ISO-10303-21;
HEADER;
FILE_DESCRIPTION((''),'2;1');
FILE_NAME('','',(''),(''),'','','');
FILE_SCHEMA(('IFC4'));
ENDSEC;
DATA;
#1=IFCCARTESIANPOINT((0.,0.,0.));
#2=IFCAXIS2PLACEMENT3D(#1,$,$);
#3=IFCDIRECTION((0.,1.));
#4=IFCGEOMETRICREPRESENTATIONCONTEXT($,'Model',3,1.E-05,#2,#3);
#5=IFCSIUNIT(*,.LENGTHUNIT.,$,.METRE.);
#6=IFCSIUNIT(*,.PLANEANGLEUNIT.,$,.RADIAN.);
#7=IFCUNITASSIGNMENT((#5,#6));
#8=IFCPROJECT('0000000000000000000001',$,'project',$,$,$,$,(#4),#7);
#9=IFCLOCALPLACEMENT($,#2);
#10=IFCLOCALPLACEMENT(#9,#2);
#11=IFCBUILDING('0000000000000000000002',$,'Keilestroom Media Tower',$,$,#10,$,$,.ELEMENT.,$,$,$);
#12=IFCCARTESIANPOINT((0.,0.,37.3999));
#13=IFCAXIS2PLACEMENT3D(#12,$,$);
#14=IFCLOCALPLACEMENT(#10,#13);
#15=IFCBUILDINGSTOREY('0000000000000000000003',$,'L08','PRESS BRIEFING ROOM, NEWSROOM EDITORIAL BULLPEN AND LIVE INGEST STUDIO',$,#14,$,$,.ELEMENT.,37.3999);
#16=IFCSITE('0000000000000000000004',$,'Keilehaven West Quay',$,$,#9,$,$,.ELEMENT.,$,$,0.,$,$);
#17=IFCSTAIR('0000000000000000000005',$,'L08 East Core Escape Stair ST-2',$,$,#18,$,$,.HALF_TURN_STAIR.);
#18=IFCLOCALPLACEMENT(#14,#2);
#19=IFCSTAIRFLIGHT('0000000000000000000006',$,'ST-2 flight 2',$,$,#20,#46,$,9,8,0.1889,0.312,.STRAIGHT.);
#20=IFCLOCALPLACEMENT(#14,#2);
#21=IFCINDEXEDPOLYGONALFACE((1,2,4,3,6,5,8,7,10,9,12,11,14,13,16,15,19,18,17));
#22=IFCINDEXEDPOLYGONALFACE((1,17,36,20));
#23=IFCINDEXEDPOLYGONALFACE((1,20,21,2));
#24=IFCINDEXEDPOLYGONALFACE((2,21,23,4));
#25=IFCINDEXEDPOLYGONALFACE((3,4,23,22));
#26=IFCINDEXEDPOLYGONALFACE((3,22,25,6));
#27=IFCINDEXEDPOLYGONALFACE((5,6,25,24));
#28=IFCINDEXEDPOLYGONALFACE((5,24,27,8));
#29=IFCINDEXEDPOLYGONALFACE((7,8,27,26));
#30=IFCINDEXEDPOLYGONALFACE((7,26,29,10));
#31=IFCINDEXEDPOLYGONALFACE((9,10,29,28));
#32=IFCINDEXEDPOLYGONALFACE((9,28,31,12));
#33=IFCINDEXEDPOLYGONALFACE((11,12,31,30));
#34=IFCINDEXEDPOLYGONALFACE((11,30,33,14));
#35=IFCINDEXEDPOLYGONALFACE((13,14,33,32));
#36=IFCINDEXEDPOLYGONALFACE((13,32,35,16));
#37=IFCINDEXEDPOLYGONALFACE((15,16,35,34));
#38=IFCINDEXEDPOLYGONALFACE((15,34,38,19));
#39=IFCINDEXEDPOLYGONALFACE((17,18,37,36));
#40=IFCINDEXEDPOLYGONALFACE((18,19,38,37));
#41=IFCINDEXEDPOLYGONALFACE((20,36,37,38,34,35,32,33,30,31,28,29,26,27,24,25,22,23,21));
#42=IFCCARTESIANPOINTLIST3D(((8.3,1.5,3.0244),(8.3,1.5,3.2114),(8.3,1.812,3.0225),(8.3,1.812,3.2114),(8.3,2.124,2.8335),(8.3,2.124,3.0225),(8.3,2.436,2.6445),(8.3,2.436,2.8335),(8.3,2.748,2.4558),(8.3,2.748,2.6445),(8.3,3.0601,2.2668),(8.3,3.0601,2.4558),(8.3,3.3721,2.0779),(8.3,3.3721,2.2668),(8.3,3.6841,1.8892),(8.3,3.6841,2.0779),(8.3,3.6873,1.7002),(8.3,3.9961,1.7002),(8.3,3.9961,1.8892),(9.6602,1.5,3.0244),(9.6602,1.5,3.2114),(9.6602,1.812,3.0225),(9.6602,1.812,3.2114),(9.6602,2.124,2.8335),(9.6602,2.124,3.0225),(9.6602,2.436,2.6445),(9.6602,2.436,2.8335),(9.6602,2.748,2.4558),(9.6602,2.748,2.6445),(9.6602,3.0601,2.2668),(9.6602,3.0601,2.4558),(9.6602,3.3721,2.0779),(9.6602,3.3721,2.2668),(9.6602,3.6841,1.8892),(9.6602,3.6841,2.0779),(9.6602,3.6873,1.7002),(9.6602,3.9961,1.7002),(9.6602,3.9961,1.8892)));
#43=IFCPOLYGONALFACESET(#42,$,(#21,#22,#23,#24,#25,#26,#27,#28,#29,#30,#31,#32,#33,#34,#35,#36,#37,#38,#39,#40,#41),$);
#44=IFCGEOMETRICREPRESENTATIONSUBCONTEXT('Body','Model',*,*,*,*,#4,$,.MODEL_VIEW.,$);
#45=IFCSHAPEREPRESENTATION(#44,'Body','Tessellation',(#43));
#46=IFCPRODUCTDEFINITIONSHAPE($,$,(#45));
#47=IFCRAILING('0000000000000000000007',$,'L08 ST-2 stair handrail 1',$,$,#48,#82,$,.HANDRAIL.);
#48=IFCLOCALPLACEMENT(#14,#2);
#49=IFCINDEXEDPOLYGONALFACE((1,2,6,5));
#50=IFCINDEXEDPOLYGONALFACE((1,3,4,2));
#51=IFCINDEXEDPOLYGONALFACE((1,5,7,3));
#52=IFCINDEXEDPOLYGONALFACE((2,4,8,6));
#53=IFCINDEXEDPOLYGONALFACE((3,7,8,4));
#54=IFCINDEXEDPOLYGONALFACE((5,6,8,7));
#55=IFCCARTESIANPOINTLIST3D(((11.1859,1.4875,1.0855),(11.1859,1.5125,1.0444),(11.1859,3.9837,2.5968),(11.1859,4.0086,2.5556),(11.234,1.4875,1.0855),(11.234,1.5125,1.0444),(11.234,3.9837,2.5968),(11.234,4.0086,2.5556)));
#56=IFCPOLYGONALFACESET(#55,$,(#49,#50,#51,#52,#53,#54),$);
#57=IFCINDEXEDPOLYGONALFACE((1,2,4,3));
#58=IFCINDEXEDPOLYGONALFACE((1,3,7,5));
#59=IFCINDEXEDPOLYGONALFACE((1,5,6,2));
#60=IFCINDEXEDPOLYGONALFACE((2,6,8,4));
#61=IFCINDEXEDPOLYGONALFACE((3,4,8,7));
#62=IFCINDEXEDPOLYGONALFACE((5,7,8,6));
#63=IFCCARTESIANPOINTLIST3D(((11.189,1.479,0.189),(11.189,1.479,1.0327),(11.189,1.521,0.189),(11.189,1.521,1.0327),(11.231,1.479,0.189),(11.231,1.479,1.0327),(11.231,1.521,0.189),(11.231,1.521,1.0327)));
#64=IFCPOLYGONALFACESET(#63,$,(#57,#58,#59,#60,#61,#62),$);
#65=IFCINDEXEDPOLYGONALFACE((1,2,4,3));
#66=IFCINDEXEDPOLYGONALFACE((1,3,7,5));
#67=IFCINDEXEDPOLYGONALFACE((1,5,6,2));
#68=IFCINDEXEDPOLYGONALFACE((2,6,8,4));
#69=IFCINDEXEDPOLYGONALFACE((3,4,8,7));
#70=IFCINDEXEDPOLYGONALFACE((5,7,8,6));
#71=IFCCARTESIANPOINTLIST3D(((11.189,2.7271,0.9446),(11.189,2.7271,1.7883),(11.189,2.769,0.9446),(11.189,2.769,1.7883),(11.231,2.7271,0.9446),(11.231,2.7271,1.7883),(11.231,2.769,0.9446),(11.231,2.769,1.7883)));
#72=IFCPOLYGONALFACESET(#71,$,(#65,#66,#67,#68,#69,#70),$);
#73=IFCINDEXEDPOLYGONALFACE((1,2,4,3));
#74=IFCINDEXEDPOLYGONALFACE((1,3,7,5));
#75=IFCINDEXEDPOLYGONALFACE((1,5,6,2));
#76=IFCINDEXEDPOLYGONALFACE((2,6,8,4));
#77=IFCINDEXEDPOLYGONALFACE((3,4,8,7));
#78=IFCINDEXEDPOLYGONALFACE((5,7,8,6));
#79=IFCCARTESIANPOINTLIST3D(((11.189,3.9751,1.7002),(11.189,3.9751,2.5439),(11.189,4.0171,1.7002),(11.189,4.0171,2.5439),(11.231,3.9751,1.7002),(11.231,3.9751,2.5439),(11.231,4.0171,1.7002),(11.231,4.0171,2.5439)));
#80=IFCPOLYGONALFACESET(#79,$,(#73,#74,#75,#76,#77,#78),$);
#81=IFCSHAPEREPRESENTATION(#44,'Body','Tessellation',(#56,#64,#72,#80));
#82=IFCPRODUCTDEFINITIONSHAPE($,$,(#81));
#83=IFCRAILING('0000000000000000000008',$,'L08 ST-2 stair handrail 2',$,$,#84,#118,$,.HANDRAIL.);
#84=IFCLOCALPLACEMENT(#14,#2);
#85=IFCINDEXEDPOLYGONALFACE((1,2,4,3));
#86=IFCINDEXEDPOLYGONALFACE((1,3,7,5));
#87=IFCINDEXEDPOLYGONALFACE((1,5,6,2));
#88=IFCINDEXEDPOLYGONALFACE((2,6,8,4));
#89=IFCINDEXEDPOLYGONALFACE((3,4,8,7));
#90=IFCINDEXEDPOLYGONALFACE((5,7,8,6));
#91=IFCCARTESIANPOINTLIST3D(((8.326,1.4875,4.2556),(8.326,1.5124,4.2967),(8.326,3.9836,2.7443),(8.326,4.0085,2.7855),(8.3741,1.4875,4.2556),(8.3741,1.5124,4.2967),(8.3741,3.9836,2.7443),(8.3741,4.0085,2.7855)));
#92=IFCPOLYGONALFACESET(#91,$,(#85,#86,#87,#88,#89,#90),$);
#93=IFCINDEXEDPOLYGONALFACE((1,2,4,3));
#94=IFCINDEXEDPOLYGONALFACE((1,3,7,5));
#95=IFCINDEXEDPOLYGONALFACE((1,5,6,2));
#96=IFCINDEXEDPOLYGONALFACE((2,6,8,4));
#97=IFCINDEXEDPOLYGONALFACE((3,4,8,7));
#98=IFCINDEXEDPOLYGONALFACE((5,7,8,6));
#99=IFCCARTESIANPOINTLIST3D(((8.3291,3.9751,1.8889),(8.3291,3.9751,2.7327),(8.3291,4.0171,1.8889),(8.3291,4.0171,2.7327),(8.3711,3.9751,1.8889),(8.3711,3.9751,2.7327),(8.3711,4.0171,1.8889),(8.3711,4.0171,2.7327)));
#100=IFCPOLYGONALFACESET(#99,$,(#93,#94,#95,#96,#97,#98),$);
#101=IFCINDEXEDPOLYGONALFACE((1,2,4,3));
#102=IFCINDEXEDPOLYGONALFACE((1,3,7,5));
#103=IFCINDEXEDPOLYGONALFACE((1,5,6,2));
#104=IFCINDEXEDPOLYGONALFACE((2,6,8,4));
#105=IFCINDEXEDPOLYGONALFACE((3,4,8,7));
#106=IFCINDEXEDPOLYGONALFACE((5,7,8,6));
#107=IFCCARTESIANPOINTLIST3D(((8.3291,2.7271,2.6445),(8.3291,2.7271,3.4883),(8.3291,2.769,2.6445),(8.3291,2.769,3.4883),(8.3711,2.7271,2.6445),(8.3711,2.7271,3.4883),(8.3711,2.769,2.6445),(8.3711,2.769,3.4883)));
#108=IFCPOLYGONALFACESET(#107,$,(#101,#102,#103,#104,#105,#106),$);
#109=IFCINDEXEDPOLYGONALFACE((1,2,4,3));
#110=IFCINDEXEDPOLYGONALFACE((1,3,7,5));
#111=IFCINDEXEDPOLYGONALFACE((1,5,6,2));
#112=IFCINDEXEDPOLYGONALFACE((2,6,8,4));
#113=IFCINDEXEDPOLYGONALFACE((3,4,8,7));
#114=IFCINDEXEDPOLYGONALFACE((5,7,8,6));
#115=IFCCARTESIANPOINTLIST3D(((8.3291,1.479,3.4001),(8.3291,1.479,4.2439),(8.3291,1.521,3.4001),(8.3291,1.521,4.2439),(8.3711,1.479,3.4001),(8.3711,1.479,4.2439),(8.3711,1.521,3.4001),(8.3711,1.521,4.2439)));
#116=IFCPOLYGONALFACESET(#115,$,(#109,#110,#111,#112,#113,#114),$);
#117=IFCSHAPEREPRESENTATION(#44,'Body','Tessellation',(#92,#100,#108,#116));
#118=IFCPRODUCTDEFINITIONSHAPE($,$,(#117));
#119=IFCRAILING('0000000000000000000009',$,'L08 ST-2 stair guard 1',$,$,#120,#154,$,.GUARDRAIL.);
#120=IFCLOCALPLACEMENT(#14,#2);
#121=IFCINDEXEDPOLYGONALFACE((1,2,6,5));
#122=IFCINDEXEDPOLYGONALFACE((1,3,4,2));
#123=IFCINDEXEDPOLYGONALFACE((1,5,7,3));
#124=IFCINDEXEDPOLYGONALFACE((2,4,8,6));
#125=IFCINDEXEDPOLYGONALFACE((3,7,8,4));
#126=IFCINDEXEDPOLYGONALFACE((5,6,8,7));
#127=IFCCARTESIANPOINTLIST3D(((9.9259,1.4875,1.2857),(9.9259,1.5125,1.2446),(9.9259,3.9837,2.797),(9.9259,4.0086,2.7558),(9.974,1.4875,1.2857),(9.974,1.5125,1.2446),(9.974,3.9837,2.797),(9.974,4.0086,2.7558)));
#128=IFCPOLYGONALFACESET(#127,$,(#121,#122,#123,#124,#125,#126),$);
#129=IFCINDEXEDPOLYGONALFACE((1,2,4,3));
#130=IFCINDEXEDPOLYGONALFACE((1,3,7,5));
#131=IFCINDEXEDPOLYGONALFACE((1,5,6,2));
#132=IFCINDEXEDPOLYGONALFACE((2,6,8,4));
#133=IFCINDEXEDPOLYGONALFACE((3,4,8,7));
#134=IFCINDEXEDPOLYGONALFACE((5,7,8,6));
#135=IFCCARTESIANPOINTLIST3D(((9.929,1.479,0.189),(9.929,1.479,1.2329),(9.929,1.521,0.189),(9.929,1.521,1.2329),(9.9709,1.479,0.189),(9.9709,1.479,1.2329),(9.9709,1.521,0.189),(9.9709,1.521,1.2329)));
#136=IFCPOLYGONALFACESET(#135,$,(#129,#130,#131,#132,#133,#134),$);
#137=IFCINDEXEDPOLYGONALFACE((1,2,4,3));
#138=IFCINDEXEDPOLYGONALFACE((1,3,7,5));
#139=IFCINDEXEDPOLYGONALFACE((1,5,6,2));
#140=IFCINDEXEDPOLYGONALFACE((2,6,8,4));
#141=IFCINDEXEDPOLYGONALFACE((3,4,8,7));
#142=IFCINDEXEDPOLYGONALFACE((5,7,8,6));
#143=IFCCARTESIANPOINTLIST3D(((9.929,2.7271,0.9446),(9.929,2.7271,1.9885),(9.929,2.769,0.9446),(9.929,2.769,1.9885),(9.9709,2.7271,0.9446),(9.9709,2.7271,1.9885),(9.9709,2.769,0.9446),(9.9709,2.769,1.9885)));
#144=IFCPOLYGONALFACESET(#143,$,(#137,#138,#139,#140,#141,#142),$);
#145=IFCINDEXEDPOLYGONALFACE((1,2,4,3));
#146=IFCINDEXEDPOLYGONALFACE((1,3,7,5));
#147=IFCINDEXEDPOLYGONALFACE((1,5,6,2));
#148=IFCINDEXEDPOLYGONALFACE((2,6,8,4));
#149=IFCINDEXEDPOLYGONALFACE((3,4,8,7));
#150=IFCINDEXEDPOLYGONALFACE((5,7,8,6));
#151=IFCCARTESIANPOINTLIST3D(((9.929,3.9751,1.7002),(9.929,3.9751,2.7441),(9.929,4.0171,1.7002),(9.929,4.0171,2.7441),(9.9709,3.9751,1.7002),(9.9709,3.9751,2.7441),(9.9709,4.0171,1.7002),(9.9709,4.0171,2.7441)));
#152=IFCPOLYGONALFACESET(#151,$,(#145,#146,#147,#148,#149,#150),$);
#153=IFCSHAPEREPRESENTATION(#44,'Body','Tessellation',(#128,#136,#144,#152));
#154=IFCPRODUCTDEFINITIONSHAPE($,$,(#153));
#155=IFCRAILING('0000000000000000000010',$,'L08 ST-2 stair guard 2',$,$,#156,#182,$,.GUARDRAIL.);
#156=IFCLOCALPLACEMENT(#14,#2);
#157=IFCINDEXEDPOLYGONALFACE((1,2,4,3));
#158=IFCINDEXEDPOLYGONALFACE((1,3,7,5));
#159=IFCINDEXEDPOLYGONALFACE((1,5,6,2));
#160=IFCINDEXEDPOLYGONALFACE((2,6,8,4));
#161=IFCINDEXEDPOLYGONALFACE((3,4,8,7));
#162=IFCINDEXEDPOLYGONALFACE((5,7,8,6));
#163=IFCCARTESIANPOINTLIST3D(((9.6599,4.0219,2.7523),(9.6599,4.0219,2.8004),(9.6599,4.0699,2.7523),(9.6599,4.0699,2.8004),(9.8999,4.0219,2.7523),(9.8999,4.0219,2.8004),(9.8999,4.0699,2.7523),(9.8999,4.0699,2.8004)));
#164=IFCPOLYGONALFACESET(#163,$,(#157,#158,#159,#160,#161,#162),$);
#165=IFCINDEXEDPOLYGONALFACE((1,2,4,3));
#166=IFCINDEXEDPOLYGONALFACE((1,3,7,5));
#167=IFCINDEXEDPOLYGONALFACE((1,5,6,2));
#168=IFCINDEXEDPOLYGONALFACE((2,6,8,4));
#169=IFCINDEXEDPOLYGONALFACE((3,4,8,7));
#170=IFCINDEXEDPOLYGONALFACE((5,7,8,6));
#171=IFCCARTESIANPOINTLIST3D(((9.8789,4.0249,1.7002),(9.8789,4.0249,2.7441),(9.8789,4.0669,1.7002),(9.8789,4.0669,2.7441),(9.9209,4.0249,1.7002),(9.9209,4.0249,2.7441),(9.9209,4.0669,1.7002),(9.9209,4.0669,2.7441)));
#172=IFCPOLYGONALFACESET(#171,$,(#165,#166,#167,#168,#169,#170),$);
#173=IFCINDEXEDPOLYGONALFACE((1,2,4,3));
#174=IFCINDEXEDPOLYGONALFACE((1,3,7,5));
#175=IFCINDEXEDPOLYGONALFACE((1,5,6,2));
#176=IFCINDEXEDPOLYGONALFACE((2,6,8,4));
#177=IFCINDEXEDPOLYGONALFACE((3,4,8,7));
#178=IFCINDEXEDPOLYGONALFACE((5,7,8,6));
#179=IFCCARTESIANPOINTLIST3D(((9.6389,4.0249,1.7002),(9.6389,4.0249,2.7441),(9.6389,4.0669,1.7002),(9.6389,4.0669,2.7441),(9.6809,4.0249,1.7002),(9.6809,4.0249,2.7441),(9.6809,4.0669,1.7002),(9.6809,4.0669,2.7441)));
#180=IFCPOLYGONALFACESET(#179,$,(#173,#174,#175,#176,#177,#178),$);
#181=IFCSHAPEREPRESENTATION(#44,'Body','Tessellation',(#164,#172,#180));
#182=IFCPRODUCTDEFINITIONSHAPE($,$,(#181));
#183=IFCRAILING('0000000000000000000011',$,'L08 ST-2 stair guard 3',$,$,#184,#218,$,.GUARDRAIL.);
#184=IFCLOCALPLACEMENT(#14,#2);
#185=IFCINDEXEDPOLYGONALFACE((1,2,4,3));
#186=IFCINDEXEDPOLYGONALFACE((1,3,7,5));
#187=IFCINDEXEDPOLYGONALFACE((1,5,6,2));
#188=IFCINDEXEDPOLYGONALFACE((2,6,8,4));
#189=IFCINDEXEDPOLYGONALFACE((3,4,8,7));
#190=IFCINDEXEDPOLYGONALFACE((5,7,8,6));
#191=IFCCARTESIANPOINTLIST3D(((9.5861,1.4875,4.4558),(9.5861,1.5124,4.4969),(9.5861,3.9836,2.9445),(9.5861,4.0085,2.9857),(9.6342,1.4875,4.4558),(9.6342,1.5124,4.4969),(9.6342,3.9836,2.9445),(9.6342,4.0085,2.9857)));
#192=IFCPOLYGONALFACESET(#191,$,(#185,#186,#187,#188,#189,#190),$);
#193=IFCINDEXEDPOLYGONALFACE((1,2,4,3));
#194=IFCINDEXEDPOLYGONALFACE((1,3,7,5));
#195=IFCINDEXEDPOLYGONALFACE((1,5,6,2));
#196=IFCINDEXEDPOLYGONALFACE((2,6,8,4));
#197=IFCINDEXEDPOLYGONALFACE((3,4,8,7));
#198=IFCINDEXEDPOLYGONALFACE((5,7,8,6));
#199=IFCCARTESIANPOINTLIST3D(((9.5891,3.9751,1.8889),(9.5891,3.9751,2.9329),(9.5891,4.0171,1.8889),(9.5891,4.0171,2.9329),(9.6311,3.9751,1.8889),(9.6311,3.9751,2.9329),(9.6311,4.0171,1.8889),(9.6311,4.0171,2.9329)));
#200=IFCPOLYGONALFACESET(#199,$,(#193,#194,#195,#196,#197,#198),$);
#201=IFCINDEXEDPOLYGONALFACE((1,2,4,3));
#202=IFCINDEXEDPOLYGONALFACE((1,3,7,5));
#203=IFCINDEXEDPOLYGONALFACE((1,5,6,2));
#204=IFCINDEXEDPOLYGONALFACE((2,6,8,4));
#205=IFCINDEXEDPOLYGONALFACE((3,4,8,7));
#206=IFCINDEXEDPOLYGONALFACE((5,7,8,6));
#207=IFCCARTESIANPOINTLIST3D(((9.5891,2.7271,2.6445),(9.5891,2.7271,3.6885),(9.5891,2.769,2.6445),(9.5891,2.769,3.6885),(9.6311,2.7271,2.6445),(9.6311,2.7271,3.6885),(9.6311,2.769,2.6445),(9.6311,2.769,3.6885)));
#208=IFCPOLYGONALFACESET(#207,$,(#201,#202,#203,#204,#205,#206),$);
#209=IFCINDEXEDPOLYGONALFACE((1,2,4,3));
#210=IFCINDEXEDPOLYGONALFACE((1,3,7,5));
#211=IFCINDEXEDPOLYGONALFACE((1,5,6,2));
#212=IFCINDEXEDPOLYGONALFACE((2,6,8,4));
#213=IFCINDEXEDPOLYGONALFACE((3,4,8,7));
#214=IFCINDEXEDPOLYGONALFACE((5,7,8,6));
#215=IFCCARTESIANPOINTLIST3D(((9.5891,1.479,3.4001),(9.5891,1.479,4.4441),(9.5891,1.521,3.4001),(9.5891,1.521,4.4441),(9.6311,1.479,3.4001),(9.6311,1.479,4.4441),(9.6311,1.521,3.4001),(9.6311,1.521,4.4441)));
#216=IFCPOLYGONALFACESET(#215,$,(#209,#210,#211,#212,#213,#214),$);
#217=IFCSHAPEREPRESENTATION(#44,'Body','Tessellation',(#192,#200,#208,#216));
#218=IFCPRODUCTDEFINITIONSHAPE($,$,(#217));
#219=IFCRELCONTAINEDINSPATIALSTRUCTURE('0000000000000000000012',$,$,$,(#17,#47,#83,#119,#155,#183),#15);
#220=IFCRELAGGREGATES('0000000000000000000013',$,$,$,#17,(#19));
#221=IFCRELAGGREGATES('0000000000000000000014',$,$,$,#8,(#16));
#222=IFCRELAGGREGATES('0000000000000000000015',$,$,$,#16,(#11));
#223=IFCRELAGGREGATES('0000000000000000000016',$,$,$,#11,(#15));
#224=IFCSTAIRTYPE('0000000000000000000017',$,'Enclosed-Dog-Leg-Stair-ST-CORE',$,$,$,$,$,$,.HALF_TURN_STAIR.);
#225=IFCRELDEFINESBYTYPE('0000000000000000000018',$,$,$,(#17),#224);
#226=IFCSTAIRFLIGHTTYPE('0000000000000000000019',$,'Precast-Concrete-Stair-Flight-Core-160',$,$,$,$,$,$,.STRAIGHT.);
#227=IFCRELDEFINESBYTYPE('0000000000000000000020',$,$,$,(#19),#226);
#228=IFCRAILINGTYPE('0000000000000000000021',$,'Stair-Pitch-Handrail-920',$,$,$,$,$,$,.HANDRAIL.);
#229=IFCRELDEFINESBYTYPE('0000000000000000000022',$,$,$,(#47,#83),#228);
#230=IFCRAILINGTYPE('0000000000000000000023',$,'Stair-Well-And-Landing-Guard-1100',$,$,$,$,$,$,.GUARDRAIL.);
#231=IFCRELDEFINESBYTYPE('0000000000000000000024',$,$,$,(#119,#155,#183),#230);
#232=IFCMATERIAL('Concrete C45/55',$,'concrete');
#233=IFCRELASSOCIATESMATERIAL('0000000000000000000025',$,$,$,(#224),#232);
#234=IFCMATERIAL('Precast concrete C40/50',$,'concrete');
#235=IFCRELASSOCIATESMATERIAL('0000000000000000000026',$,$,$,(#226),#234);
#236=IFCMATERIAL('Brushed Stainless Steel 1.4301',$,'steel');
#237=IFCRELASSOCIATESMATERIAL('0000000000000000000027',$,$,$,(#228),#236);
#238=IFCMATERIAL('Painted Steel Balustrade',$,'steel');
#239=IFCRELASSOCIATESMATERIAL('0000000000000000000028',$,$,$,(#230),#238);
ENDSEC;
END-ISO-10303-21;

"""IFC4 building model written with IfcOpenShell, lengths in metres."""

from ifc_helpers import new_model, si_unit, direction, frame, origin, origin_2d, place, context, subcontext, project, spatial, polyline, rectangle, outline, extrude, material, type_object, element, aggregate, save


model = new_model("IFC4")

# Units and contexts
model_context = context("Model", 3, precision=1e-05, world=origin(), true_north=direction((0.0, 1.0)))
body_context = subcontext(model_context, "Body", "Model", "MODEL_VIEW")
ifc_project = project(units=[si_unit("LENGTHUNIT", "METRE"), si_unit("PLANEANGLEUNIT", "RADIAN")], contexts=[model_context])

# Site, building, storey
site_placement = place(None, origin())
site = spatial("IfcSite", under=ifc_project, at=site_placement, Name="Keilehaven West Quay", CompositionType="ELEMENT", RefElevation=0.0)
building_placement = place(site_placement, origin())
building = spatial("IfcBuilding", under=site, at=building_placement, Name="Keilestroom Media Tower", CompositionType="ELEMENT")
storey_placement = place(building_placement, frame((0.0, 0.0, 37.3999)))
storey = spatial("IfcBuildingStorey", under=building, at=storey_placement, Name="L08", Description="PRESS BRIEFING ROOM, NEWSROOM EDITORIAL BULLPEN AND LIVE INGEST STUDIO", CompositionType="ELEMENT", Elevation=37.3999)

# Stair
ifc_material_1 = material(Name="Concrete C45/55", Category="concrete")
stair_type = type_object("IfcStairType", Name="Enclosed-Dog-Leg-Stair-ST-CORE", PredefinedType="HALF_TURN_STAIR", material=ifc_material_1)
stair_1_placement = place(storey_placement, origin())
stair_1 = element("IfcStair", 1, at=stair_1_placement, inside=storey, type_object=stair_type, Name="L08 East Core Escape Stair ST-2", PredefinedType="HALF_TURN_STAIR")

# Shared definitions
ifc_material_2 = material(Name="Precast concrete C40/50", Category="concrete")

# Stair flight
stair_flight_type = type_object("IfcStairFlightType", Name="Precast-Concrete-Stair-Flight-Core-160", PredefinedType="STRAIGHT", material=ifc_material_2)
stair_flight_1_placement = place(storey_placement, frame((8.98, 3.9961, 1.7002), z_axis=(0.0, 0.0, 1.0), x_axis=(0.0, -1.0, 0.0)))
stair_flight_1 = element("IfcStairFlight", 2, at=stair_flight_1_placement, type_object=stair_flight_type, Name="ST-2 flight 2", NumberOfRisers=9, NumberOfTreads=8, PredefinedType="STRAIGHT", RiserHeight=0.1889, TreadLength=0.312, context=body_context, shape_type="SweptSolid", body=[
    extrude(outline(polyline([(0.0, 0.0), (0.0, 0.189), (0.312, 0.189), (0.312, 0.3777), (0.624, 0.3777), (0.624, 0.5667), (0.936, 0.5667), (0.936, 0.7556), (1.248, 0.7556), (1.248, 0.9443), (1.5601, 0.9443), (1.5601, 1.1333), (1.8721, 1.1333), (1.8721, 1.3223), (2.1841, 1.3223), (2.1841, 1.5112), (2.4961, 1.5112), (2.4961, 1.7), (2.4961, 1.3242), (0.3088, 0.0), (0.0, 0.0)])), frame((0.0, 0.6802, 0.0), z_axis=(0.0, -1.0, 0.0), x_axis=(1.0, 0.0, 0.0)), (0.0, 0.0, 1.0), 1.3601),
])
aggregate(stair_1, [stair_flight_1])

# Railings
ifc_material_3 = material(Name="Brushed Stainless Steel 1.4301", Category="steel")
railing_type_1 = type_object("IfcRailingType", Name="Stair-Pitch-Handrail-920", PredefinedType="HANDRAIL", material=ifc_material_3)
railing_1_placement = place(storey_placement, frame((11.21, 1.5, 0.189)))
element("IfcRailing", 3, at=railing_1_placement, inside=storey, type_object=railing_type_1, Name="L08 ST-2 stair handrail 1", PredefinedType="HANDRAIL", context=body_context, shape_type="SweptSolid", body=[
    extrude(rectangle(XDim=0.0481, YDim=0.0481, at=origin_2d()), frame((0.0, 0.0, 0.876), z_axis=(0.0, 0.855434, 0.517912), x_axis=(-1.0, 0.0, 0.0)), (0.0, 0.0, 1.0), 2.918),
    extrude(rectangle(XDim=0.042, YDim=0.042, at=origin_2d()), origin(), (0.0, 0.0, 1.0), 0.8438),
    extrude(rectangle(XDim=0.042, YDim=0.042, at=origin_2d()), frame((0.0, 1.248, 0.7556)), (0.0, 0.0, 1.0), 0.8438),
    extrude(rectangle(XDim=0.042, YDim=0.042, at=origin_2d()), frame((0.0, 2.4961, 1.5112)), (0.0, 0.0, 1.0), 0.8438),
])
railing_2_placement = place(storey_placement, frame((8.3501, 3.9961, 1.8889)))
element("IfcRailing", 4, at=railing_2_placement, inside=storey, type_object=railing_type_1, Name="L08 ST-2 stair handrail 2", PredefinedType="HANDRAIL", context=body_context, shape_type="SweptSolid", body=[
    extrude(rectangle(XDim=0.0481, YDim=0.0481, at=origin_2d()), frame((0.0, 0.0, 0.876), z_axis=(0.0, -0.855434, 0.517912), x_axis=(1.0, 0.0, 0.0)), (0.0, 0.0, 1.0), 2.918),
    extrude(rectangle(XDim=0.042, YDim=0.042, at=origin_2d()), origin(), (0.0, 0.0, 1.0), 0.8438),
    extrude(rectangle(XDim=0.042, YDim=0.042, at=origin_2d()), frame((0.0, -1.248, 0.7556)), (0.0, 0.0, 1.0), 0.8438),
    extrude(rectangle(XDim=0.042, YDim=0.042, at=origin_2d()), frame((0.0, -2.4961, 1.5112)), (0.0, 0.0, 1.0), 0.8438),
])
ifc_material_4 = material(Name="Painted Steel Balustrade", Category="steel")
railing_type_2 = type_object("IfcRailingType", Name="Stair-Well-And-Landing-Guard-1100", PredefinedType="GUARDRAIL", material=ifc_material_4)
railing_3_placement = place(storey_placement, frame((9.95, 1.5, 0.189)))
element("IfcRailing", 5, at=railing_3_placement, inside=storey, type_object=railing_type_2, Name="L08 ST-2 stair guard 1", PredefinedType="GUARDRAIL", context=body_context, shape_type="SweptSolid", body=[
    extrude(rectangle(XDim=0.0481, YDim=0.0481, at=origin_2d()), frame((0.0, 0.0, 1.0762), z_axis=(0.0, 0.855434, 0.517912), x_axis=(-1.0, 0.0, 0.0)), (0.0, 0.0, 1.0), 2.918),
    extrude(rectangle(XDim=0.042, YDim=0.042, at=origin_2d()), origin(), (0.0, 0.0, 1.0), 1.0439),
    extrude(rectangle(XDim=0.042, YDim=0.042, at=origin_2d()), frame((0.0, 1.248, 0.7556)), (0.0, 0.0, 1.0), 1.0439),
    extrude(rectangle(XDim=0.042, YDim=0.042, at=origin_2d()), frame((0.0, 2.4961, 1.5112)), (0.0, 0.0, 1.0), 1.0439),
])
railing_4_placement = place(storey_placement, frame((9.8999, 4.0459, 1.7002)))
element("IfcRailing", 6, at=railing_4_placement, inside=storey, type_object=railing_type_2, Name="L08 ST-2 stair guard 2", PredefinedType="GUARDRAIL", context=body_context, shape_type="SweptSolid", body=[
    extrude(rectangle(XDim=0.0481, YDim=0.0481, at=origin_2d()), frame((0.0, 0.0, 1.0762), z_axis=(-1.0, 0.0, 0.0), x_axis=(0.0, -1.0, 0.0)), (0.0, 0.0, 1.0), 0.24),
    extrude(rectangle(XDim=0.042, YDim=0.042, at=origin_2d()), origin(), (0.0, 0.0, 1.0), 1.0439),
    extrude(rectangle(XDim=0.042, YDim=0.042, at=origin_2d()), frame((-0.24, 0.0, 0.0)), (0.0, 0.0, 1.0), 1.0439),
])
railing_5_placement = place(storey_placement, frame((9.6101, 3.9961, 1.8889)))
element("IfcRailing", 7, at=railing_5_placement, inside=storey, type_object=railing_type_2, Name="L08 ST-2 stair guard 3", PredefinedType="GUARDRAIL", context=body_context, shape_type="SweptSolid", body=[
    extrude(rectangle(XDim=0.0481, YDim=0.0481, at=origin_2d()), frame((0.0, 0.0, 1.0762), z_axis=(0.0, -0.855434, 0.517912), x_axis=(1.0, 0.0, 0.0)), (0.0, 0.0, 1.0), 2.918),
    extrude(rectangle(XDim=0.042, YDim=0.042, at=origin_2d()), origin(), (0.0, 0.0, 1.0), 1.0439),
    extrude(rectangle(XDim=0.042, YDim=0.042, at=origin_2d()), frame((0.0, -1.248, 0.7556)), (0.0, 0.0, 1.0), 1.0439),
    extrude(rectangle(XDim=0.042, YDim=0.042, at=origin_2d()), frame((0.0, -2.4961, 1.5112)), (0.0, 0.0, 1.0), 1.0439),
])

save(model, "model.ifc")
